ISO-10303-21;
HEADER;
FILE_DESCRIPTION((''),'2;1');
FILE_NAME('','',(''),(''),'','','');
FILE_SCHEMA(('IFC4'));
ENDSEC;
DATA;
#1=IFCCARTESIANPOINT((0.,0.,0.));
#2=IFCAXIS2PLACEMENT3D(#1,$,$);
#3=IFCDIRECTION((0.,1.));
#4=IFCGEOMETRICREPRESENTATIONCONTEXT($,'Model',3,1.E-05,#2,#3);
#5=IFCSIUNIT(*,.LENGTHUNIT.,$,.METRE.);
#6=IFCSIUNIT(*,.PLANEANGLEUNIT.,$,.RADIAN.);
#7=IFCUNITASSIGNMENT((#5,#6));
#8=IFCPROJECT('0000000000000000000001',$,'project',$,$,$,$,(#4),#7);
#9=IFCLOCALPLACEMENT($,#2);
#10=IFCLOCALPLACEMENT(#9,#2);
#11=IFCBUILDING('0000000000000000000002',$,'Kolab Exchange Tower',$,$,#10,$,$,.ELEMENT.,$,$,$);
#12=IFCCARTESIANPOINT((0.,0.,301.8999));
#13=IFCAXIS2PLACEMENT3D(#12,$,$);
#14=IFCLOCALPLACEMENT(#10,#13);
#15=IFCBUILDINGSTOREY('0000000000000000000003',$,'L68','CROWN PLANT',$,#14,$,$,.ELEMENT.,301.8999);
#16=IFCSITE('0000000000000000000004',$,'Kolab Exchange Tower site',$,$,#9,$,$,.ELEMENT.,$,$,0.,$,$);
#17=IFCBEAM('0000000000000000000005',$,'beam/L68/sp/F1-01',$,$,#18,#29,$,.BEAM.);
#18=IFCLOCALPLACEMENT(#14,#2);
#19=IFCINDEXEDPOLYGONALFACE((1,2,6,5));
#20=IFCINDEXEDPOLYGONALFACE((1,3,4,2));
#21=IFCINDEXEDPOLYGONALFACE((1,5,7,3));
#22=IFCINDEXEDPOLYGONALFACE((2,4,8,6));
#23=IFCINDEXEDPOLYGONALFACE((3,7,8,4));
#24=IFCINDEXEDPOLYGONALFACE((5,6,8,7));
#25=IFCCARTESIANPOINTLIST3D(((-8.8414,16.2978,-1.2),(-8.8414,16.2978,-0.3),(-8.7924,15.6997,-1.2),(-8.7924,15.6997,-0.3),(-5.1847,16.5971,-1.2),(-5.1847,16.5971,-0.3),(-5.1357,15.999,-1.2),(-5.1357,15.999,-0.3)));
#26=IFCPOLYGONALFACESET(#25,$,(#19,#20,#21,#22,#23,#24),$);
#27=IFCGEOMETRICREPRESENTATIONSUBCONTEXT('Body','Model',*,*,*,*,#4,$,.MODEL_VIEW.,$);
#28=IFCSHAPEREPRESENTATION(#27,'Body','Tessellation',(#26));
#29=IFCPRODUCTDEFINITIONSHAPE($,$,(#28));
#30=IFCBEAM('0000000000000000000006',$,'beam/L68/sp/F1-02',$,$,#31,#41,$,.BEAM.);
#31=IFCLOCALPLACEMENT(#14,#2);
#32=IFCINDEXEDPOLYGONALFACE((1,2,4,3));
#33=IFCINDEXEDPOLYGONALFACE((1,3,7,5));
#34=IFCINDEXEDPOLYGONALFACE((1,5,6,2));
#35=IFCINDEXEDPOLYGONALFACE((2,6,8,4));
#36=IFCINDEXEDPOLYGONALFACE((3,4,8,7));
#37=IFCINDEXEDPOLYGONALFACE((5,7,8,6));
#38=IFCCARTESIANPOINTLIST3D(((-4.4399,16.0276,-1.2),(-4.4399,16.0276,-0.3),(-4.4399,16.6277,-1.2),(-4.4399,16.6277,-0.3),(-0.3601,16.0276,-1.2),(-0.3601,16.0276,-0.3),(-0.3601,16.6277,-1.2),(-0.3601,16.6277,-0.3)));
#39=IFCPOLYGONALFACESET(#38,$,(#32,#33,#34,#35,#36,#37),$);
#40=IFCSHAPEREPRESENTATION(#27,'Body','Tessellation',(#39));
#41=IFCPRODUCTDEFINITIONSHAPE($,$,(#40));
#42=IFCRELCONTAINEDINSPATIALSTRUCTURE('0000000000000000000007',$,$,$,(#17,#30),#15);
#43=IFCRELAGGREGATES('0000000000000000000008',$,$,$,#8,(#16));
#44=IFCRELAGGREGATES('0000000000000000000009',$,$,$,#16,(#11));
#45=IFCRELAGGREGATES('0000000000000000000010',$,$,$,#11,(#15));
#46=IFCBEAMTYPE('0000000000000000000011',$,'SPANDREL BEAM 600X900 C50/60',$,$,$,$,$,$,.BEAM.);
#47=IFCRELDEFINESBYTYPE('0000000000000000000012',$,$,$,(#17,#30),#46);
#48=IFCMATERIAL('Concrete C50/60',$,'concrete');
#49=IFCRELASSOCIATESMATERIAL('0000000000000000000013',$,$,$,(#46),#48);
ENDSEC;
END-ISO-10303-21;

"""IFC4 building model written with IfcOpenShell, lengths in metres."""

from ifc_helpers import new_model, si_unit, direction, frame, origin, origin_2d, place, context, subcontext, project, spatial, rectangle, extrude, material, material_profile, profile_set, type_object, element, save


model = new_model("IFC4")

# Units and contexts
model_context = context("Model", 3, precision=1e-05, world=origin(), true_north=direction((0.0, 1.0)))
body_context = subcontext(model_context, "Body", "Model", "MODEL_VIEW")
ifc_project = project(units=[si_unit("LENGTHUNIT", "METRE"), si_unit("PLANEANGLEUNIT", "RADIAN")], contexts=[model_context])

# Site, building, storey
site_placement = place(None, origin())
site = spatial("IfcSite", under=ifc_project, at=site_placement, Name="Kolab Exchange Tower site", CompositionType="ELEMENT", RefElevation=0.0)
building_placement = place(site_placement, origin())
building = spatial("IfcBuilding", under=site, at=building_placement, Name="Kolab Exchange Tower", CompositionType="ELEMENT")
storey_placement = place(building_placement, frame((0.0, 0.0, 301.8999)))
storey = spatial("IfcBuildingStorey", under=building, at=storey_placement, Name="L68", Description="CROWN PLANT", CompositionType="ELEMENT", Elevation=301.8999)

# Shared definitions
ifc_material_1 = material(Name="Concrete C50/60", Category="concrete")

# Beams
ifc_material_profile_1 = material_profile(ifc_material_1, rectangle(XDim=0.6001, YDim=0.8999, at=origin_2d()), Name="RC600X900")
ifc_profile_set_1 = profile_set([ifc_material_profile_1], Name="Concrete C50/60")
beam_type_1 = type_object("IfcBeamType", Name="SPANDREL BEAM 600X900 C50/60", PredefinedType="BEAM", material=ifc_profile_set_1)
beam_1_placement = place(storey_placement, frame((-8.8169, 15.9988, -0.75), z_axis=(0.996667, 0.081581, 0.0), x_axis=(-0.081581, 0.996667, 0.0)))
element("IfcBeam", 1, at=beam_1_placement, inside=storey, type_object=beam_type_1, Name="beam/L68/sp/F1-01", PredefinedType="BEAM", context=body_context, shape_type="SweptSolid", body=[
    extrude(rectangle(XDim=0.6001, YDim=0.8999, at=origin_2d()), origin(), (0.0, 0.0, 1.0), 3.6689),
])
beam_2_placement = place(storey_placement, frame((-4.4399, 16.3276, -0.75), z_axis=(1.0, 0.0, 0.0), x_axis=(0.0, 1.0, 0.0)))
element("IfcBeam", 2, at=beam_2_placement, inside=storey, type_object=beam_type_1, Name="beam/L68/sp/F1-02", PredefinedType="BEAM", context=body_context, shape_type="SweptSolid", body=[
    extrude(rectangle(XDim=0.6001, YDim=0.8999, at=origin_2d()), origin(), (0.0, 0.0, 1.0), 4.0798),
])

save(model, "model.ifc")
